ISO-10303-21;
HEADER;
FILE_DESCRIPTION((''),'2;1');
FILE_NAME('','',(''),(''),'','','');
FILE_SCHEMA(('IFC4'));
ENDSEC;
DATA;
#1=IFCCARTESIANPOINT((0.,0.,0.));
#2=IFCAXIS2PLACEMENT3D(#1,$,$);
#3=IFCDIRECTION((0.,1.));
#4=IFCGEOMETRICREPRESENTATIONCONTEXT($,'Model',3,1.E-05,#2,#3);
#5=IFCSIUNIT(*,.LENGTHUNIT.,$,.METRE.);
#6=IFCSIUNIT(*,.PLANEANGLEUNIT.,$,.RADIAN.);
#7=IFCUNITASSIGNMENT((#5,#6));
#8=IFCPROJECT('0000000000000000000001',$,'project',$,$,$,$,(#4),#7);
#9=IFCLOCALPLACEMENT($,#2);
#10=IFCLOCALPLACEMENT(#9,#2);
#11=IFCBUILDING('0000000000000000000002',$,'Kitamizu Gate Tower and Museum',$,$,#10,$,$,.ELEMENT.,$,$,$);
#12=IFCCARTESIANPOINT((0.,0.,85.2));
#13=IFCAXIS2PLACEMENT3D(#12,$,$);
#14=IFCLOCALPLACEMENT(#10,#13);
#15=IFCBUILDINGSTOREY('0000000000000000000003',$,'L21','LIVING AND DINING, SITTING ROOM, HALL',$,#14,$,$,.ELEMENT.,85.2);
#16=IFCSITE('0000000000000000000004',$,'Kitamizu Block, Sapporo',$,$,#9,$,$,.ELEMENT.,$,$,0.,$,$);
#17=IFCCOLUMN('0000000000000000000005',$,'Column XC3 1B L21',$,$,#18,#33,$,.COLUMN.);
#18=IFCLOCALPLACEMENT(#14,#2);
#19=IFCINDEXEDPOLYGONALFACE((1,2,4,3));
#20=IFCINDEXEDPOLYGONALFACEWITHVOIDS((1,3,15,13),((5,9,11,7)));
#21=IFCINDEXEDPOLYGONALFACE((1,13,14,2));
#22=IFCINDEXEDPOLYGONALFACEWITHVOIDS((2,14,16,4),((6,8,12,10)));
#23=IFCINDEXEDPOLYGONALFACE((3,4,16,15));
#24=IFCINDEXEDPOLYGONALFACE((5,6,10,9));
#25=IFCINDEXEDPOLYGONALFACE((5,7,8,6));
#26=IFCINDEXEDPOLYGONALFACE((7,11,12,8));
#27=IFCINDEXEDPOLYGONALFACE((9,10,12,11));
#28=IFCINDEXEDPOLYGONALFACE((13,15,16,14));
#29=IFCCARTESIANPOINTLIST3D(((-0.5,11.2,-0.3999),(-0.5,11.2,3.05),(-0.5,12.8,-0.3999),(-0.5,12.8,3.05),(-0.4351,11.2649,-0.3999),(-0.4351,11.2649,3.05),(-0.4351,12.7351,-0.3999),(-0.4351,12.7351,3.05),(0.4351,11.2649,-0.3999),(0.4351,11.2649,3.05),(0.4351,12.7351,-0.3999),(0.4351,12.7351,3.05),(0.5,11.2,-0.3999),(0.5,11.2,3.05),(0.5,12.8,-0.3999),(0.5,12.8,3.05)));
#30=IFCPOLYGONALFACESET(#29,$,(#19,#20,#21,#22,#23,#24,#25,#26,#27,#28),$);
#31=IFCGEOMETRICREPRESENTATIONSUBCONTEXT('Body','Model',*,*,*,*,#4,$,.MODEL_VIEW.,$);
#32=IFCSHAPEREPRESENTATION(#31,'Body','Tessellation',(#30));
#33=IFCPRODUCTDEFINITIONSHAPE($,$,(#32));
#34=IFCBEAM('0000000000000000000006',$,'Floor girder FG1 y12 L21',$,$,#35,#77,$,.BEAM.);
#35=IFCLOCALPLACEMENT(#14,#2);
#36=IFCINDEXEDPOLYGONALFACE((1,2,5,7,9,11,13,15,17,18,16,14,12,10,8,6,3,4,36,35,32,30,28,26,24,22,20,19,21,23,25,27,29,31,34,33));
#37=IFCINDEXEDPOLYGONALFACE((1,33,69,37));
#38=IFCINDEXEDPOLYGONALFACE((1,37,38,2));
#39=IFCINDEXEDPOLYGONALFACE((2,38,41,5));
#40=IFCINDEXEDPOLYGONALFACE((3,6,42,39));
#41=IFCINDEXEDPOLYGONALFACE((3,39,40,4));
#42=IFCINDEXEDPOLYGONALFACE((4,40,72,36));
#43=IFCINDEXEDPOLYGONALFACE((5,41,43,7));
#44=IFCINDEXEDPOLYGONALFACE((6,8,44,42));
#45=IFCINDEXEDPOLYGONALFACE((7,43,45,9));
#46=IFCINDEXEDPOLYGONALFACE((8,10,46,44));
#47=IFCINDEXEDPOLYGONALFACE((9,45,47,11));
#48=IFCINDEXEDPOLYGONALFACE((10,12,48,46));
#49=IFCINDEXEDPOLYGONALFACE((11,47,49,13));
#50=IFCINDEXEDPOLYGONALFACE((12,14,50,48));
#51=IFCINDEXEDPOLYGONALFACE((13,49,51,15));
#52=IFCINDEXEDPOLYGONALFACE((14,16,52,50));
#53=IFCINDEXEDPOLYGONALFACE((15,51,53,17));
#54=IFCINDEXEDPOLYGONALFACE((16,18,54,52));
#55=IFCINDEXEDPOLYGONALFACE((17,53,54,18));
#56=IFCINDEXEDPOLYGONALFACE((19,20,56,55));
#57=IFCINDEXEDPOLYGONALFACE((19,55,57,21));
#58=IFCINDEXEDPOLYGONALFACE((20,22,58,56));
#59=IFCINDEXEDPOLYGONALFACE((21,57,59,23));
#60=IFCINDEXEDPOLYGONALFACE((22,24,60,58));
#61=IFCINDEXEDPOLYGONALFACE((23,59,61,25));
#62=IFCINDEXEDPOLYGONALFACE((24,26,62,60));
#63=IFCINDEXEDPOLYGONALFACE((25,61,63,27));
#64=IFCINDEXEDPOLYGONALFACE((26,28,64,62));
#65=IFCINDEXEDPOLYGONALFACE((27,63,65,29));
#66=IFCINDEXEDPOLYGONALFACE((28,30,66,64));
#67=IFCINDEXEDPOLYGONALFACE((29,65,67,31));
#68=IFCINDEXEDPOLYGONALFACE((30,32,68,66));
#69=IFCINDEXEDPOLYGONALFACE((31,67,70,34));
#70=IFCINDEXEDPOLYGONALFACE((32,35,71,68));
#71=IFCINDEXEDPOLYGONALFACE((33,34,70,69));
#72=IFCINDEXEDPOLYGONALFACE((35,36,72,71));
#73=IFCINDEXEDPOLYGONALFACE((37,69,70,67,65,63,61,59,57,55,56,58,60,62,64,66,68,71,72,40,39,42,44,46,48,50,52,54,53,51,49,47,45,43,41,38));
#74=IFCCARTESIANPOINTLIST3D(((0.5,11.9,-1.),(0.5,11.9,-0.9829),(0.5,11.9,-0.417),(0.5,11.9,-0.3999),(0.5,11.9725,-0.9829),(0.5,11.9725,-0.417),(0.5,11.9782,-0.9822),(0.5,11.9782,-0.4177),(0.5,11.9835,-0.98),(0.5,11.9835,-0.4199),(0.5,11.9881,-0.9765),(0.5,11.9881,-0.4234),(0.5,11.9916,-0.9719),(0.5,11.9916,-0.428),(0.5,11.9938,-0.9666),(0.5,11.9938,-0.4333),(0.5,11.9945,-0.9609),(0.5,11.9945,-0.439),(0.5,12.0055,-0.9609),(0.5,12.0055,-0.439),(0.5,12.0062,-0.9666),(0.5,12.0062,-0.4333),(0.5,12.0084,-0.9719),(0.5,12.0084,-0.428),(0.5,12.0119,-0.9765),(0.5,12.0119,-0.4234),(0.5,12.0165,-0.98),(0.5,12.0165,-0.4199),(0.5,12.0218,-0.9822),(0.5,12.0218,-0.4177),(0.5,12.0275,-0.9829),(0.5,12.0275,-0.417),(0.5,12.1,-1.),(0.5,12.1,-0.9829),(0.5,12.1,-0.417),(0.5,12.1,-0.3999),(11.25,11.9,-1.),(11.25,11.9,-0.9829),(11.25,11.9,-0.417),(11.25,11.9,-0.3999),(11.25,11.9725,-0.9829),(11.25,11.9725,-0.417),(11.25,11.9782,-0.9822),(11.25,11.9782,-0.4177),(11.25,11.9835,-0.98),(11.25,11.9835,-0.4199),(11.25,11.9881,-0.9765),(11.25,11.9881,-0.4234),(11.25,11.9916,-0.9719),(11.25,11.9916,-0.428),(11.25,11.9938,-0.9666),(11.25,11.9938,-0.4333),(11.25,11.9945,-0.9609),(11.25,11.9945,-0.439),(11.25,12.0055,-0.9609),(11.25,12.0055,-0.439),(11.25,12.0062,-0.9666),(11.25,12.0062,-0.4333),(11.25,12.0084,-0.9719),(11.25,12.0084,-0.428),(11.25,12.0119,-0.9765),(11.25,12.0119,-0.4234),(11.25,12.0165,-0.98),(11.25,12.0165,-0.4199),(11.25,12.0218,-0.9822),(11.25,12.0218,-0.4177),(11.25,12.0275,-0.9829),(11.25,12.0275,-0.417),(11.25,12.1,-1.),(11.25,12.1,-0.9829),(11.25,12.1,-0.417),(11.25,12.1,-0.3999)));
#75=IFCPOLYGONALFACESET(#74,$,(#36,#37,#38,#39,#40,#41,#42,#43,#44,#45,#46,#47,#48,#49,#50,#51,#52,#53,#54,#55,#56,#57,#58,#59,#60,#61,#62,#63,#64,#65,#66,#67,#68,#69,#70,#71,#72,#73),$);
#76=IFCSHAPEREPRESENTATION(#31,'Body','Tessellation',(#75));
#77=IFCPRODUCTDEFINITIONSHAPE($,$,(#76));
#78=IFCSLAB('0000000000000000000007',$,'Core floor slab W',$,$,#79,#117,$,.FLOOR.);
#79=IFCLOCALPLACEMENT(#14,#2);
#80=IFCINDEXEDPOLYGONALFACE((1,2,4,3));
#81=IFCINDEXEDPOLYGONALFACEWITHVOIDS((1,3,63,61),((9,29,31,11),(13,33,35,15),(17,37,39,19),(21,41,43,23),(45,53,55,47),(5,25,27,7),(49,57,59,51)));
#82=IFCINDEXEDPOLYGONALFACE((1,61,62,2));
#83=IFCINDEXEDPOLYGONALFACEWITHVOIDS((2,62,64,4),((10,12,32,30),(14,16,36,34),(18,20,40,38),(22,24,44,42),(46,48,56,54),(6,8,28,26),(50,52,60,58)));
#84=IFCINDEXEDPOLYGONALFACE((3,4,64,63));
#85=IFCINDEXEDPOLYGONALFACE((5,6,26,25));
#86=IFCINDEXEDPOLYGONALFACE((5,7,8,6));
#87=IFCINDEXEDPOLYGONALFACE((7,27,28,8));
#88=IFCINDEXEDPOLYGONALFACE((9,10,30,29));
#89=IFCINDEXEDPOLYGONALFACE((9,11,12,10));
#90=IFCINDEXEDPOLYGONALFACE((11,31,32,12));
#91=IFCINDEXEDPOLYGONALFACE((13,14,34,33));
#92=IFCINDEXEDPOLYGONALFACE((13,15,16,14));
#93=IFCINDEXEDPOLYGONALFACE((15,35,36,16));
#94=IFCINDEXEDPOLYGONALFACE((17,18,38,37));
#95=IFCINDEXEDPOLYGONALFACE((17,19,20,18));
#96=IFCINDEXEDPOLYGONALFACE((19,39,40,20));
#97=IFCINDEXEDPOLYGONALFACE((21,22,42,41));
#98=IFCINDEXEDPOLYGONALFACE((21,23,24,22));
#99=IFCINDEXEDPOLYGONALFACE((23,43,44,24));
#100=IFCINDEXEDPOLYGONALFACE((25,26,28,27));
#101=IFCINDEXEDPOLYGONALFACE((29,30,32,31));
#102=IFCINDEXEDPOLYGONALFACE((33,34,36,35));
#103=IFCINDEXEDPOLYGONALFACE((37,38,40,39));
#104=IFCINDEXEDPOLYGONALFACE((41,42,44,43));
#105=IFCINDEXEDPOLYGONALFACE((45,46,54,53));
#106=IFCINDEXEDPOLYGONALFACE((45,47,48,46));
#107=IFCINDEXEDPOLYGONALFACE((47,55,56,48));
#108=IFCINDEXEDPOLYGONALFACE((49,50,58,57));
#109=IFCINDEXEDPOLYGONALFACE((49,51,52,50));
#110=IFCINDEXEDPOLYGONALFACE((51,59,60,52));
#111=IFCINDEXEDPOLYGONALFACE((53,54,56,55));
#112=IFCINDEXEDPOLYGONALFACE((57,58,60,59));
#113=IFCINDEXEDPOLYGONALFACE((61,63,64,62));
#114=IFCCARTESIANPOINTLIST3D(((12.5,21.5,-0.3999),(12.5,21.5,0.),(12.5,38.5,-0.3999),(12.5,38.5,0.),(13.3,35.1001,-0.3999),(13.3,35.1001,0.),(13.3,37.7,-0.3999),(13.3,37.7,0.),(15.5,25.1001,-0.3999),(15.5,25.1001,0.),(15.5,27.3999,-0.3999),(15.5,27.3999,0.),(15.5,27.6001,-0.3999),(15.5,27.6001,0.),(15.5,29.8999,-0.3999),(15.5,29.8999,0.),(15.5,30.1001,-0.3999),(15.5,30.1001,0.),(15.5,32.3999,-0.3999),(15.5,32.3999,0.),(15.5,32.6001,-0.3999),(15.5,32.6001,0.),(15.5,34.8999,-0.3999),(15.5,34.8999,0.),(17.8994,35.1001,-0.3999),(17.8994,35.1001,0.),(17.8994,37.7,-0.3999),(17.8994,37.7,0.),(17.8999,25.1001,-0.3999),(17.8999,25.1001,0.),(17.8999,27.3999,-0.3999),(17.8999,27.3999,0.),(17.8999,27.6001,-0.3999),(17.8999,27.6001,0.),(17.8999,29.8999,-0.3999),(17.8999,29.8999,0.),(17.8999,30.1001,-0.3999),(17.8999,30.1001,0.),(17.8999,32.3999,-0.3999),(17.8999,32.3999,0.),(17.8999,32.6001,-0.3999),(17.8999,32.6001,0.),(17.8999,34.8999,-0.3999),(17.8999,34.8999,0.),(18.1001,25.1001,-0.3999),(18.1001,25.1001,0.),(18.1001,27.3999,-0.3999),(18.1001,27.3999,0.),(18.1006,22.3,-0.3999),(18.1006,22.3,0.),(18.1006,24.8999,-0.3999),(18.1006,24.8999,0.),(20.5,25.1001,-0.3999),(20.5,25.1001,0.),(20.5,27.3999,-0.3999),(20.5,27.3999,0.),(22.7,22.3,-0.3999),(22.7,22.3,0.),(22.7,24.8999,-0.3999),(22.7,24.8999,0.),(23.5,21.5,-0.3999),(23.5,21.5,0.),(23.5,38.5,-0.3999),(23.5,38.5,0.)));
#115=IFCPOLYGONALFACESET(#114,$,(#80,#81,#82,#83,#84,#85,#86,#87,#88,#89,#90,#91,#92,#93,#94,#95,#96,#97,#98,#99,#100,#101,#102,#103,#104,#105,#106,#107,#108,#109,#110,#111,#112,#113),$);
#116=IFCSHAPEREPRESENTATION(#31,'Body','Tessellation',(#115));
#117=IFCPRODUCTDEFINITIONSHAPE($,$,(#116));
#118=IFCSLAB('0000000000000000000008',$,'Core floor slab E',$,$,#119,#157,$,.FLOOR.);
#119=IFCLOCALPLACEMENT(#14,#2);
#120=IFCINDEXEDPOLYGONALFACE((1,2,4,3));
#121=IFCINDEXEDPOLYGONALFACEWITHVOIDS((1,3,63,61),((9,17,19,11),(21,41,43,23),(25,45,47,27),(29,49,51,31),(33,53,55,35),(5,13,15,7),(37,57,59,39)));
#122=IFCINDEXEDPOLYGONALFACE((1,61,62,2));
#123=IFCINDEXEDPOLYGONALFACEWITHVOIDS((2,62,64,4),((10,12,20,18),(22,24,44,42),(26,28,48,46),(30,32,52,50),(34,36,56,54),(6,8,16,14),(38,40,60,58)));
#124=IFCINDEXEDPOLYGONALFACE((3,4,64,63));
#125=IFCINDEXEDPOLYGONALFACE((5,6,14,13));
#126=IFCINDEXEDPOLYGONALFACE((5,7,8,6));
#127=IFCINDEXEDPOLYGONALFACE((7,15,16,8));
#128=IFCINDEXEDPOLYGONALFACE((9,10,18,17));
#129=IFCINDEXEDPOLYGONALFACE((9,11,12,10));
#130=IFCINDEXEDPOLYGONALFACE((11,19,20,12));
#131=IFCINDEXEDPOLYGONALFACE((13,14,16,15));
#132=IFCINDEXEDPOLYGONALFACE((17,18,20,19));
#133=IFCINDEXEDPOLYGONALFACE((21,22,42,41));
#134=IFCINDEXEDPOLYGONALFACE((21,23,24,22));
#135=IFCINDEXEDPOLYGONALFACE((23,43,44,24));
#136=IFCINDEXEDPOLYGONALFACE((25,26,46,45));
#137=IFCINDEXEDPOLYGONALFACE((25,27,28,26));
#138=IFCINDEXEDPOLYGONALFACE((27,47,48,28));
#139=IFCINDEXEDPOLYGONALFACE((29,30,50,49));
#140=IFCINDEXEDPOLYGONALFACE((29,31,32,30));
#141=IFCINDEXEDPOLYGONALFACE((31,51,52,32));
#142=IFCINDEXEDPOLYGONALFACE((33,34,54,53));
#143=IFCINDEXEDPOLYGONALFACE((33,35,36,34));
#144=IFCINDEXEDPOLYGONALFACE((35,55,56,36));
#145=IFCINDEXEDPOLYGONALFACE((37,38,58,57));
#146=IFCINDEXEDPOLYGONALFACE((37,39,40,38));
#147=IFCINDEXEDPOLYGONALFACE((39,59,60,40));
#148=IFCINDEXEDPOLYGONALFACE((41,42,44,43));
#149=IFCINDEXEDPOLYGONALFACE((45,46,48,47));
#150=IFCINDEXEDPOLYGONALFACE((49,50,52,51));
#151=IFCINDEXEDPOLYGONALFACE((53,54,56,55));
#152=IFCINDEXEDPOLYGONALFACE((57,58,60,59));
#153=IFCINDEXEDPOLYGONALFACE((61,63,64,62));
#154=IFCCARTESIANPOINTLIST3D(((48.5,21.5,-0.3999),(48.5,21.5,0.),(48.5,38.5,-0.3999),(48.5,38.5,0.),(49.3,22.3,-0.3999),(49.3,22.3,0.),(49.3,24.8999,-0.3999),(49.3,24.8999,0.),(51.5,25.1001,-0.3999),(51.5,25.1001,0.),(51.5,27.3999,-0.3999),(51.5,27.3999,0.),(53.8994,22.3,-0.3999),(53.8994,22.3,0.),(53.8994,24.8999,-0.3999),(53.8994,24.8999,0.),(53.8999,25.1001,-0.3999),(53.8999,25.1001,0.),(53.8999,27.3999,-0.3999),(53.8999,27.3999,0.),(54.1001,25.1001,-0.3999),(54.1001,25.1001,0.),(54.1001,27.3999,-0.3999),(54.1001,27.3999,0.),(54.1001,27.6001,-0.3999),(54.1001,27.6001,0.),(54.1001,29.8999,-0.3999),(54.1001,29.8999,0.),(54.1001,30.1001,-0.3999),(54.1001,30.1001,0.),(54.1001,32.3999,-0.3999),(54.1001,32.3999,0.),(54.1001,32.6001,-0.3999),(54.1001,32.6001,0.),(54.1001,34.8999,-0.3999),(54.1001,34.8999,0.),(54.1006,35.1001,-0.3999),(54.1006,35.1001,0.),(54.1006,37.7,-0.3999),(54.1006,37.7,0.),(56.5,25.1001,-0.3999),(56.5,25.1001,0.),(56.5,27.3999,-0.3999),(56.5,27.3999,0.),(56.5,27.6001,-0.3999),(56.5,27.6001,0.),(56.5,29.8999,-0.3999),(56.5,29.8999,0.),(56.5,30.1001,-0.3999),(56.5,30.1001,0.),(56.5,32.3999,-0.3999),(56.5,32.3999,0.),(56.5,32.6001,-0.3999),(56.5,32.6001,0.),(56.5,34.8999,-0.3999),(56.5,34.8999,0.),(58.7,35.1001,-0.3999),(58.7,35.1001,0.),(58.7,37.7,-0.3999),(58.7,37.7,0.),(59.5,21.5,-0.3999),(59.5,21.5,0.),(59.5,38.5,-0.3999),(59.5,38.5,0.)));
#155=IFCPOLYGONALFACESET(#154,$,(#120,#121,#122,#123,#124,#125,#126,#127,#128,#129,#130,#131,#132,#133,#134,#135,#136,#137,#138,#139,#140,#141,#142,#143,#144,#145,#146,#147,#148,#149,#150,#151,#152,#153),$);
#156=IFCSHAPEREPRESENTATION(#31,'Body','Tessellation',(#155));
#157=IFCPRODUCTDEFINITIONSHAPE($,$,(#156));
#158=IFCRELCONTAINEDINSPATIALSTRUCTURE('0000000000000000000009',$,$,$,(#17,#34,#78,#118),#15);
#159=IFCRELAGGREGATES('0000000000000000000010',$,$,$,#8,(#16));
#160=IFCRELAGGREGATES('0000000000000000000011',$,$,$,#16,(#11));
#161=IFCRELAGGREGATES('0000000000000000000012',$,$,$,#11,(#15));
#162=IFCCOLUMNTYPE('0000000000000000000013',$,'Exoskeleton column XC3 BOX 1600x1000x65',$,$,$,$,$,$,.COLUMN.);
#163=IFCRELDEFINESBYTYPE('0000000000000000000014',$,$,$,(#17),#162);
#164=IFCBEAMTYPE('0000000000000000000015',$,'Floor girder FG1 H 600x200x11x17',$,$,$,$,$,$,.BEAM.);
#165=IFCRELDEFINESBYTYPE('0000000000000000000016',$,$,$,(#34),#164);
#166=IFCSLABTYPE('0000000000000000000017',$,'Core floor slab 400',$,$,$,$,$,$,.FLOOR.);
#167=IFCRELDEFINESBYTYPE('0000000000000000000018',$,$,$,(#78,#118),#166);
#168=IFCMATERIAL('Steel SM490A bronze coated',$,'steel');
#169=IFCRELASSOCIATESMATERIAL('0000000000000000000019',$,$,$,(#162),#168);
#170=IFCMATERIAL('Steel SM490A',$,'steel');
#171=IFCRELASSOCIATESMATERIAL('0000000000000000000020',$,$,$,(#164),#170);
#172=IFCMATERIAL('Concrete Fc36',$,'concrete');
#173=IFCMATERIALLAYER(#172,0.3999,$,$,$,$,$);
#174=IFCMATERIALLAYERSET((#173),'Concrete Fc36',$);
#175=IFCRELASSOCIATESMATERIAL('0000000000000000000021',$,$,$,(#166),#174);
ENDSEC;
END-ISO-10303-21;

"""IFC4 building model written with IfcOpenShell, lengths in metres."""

from ifc_helpers import new_model, si_unit, direction, frame, origin, origin_2d, place, context, subcontext, project, spatial, polyline, hollow_rectangle, i_section, outline, extrude, material, layer, layer_set, material_profile, profile_set, type_object, element, save


model = new_model("IFC4")

# Units and contexts
model_context = context("Model", 3, precision=1e-05, world=origin(), true_north=direction((0.0, 1.0)))
body_context = subcontext(model_context, "Body", "Model", "MODEL_VIEW")
ifc_project = project(units=[si_unit("LENGTHUNIT", "METRE"), si_unit("PLANEANGLEUNIT", "RADIAN")], contexts=[model_context])

# Site, building, storey
site_placement = place(None, origin())
site = spatial("IfcSite", under=ifc_project, at=site_placement, Name="Kitamizu Block, Sapporo", CompositionType="ELEMENT", RefElevation=0.0)
building_placement = place(site_placement, origin())
building = spatial("IfcBuilding", under=site, at=building_placement, Name="Kitamizu Gate Tower and Museum", CompositionType="ELEMENT")
storey_placement = place(building_placement, frame((0.0, 0.0, 85.2)))
storey = spatial("IfcBuildingStorey", under=building, at=storey_placement, Name="L21", Description="LIVING AND DINING, SITTING ROOM, HALL", CompositionType="ELEMENT", Elevation=85.2)

# Column
ifc_material_1 = material(Name="Steel SM490A bronze coated", Category="steel")
ifc_material_profile_1 = material_profile(ifc_material_1, hollow_rectangle(XDim=1.6001, YDim=1.0, WallThickness=0.0649, at=origin_2d()), Name="BOX 1600x1000x65")
ifc_profile_set_1 = profile_set([ifc_material_profile_1], Name="Steel SM490A bronze coated")
column_type = type_object("IfcColumnType", Name="Exoskeleton column XC3 BOX 1600x1000x65", PredefinedType="COLUMN", material=ifc_profile_set_1)
column_placement = place(storey_placement, frame((0.0, 12.0, -0.3999), z_axis=(0.0, 0.0, 1.0), x_axis=(0.0, 1.0, 0.0)))
element("IfcColumn", 1, at=column_placement, inside=storey, type_object=column_type, Name="Column XC3 1B L21", PredefinedType="COLUMN", context=body_context, shape_type="SweptSolid", body=[
    extrude(hollow_rectangle(XDim=1.6001, YDim=1.0, WallThickness=0.0649, at=origin_2d()), origin(), (0.0, 0.0, 1.0), 3.45),
])

# Beam
ifc_material_2 = material(Name="Steel SM490A", Category="steel")
ifc_material_profile_2 = material_profile(ifc_material_2, i_section(OverallWidth=0.2, OverallDepth=0.6001, WebThickness=0.011, FlangeThickness=0.0171, FilletRadius=0.022, at=origin_2d()), Name="H-600x200x11x17")
ifc_profile_set_2 = profile_set([ifc_material_profile_2], Name="Steel SM490A")
beam_type = type_object("IfcBeamType", Name="Floor girder FG1 H 600x200x11x17", PredefinedType="BEAM", material=ifc_profile_set_2)
beam_placement = place(storey_placement, frame((0.5, 12.0, -0.7), z_axis=(1.0, 0.0, 0.0), x_axis=(0.0, 1.0, 0.0)))
element("IfcBeam", 2, at=beam_placement, inside=storey, type_object=beam_type, Name="Floor girder FG1 y12 L21", PredefinedType="BEAM", context=body_context, shape_type="SweptSolid", body=[
    extrude(i_section(OverallWidth=0.2, OverallDepth=0.6001, WebThickness=0.011, FlangeThickness=0.0171, FilletRadius=0.022, at=origin_2d()), origin(), (0.0, 0.0, 1.0), 10.75),
])

# Slabs
ifc_material_3 = material(Name="Concrete Fc36", Category="concrete")
ifc_layer_1 = layer(ifc_material_3, 0.3999)
ifc_layer_set_1 = layer_set([ifc_layer_1], Name="Concrete Fc36")
slab_type_1 = type_object("IfcSlabType", Name="Core floor slab 400", PredefinedType="FLOOR", material=ifc_layer_set_1)
slab_1_placement = place(storey_placement, frame((0.0, 0.0, -0.3999)))
element("IfcSlab", 3, at=slab_1_placement, inside=storey, type_object=slab_type_1, Name="Core floor slab W", PredefinedType="FLOOR", context=body_context, shape_type="SweptSolid", body=[
    extrude(outline(polyline([(12.5, 21.5), (23.5, 21.5), (23.5, 38.5), (12.5, 38.5), (12.5, 21.5)]), holes=[polyline([(15.5, 25.1001), (17.8999, 25.1001), (17.8999, 27.3999), (15.5, 27.3999), (15.5, 25.1001)]), polyline([(15.5, 27.6001), (17.8999, 27.6001), (17.8999, 29.8999), (15.5, 29.8999), (15.5, 27.6001)]), polyline([(15.5, 30.1001), (17.8999, 30.1001), (17.8999, 32.3999), (15.5, 32.3999), (15.5, 30.1001)]), polyline([(15.5, 32.6001), (17.8999, 32.6001), (17.8999, 34.8999), (15.5, 34.8999), (15.5, 32.6001)]), polyline([(18.1001, 25.1001), (20.5, 25.1001), (20.5, 27.3999), (18.1001, 27.3999), (18.1001, 25.1001)]), polyline([(18.1006, 22.3), (22.7, 22.3), (22.7, 24.8999), (18.1006, 24.8999), (18.1006, 22.3)]), polyline([(13.3, 35.1001), (17.8994, 35.1001), (17.8994, 37.7), (13.3, 37.7), (13.3, 35.1001)])]), origin(), (0.0, 0.0, 1.0), 0.3999),
])
slab_2_placement = place(storey_placement, frame((0.0, 0.0, -0.3999)))
element("IfcSlab", 4, at=slab_2_placement, inside=storey, type_object=slab_type_1, Name="Core floor slab E", PredefinedType="FLOOR", context=body_context, shape_type="SweptSolid", body=[
    extrude(outline(polyline([(48.5, 21.5), (59.5, 21.5), (59.5, 38.5), (48.5, 38.5), (48.5, 21.5)]), holes=[polyline([(54.1001, 25.1001), (56.5, 25.1001), (56.5, 27.3999), (54.1001, 27.3999), (54.1001, 25.1001)]), polyline([(54.1001, 27.6001), (56.5, 27.6001), (56.5, 29.8999), (54.1001, 29.8999), (54.1001, 27.6001)]), polyline([(54.1001, 30.1001), (56.5, 30.1001), (56.5, 32.3999), (54.1001, 32.3999), (54.1001, 30.1001)]), polyline([(54.1001, 32.6001), (56.5, 32.6001), (56.5, 34.8999), (54.1001, 34.8999), (54.1001, 32.6001)]), polyline([(51.5, 25.1001), (53.8999, 25.1001), (53.8999, 27.3999), (51.5, 27.3999), (51.5, 25.1001)]), polyline([(49.3, 22.3), (53.8994, 22.3), (53.8994, 24.8999), (49.3, 24.8999), (49.3, 22.3)]), polyline([(54.1006, 35.1001), (58.7, 35.1001), (58.7, 37.7), (54.1006, 37.7), (54.1006, 35.1001)])]), origin(), (0.0, 0.0, 1.0), 0.3999),
])

save(model, "model.ifc")
